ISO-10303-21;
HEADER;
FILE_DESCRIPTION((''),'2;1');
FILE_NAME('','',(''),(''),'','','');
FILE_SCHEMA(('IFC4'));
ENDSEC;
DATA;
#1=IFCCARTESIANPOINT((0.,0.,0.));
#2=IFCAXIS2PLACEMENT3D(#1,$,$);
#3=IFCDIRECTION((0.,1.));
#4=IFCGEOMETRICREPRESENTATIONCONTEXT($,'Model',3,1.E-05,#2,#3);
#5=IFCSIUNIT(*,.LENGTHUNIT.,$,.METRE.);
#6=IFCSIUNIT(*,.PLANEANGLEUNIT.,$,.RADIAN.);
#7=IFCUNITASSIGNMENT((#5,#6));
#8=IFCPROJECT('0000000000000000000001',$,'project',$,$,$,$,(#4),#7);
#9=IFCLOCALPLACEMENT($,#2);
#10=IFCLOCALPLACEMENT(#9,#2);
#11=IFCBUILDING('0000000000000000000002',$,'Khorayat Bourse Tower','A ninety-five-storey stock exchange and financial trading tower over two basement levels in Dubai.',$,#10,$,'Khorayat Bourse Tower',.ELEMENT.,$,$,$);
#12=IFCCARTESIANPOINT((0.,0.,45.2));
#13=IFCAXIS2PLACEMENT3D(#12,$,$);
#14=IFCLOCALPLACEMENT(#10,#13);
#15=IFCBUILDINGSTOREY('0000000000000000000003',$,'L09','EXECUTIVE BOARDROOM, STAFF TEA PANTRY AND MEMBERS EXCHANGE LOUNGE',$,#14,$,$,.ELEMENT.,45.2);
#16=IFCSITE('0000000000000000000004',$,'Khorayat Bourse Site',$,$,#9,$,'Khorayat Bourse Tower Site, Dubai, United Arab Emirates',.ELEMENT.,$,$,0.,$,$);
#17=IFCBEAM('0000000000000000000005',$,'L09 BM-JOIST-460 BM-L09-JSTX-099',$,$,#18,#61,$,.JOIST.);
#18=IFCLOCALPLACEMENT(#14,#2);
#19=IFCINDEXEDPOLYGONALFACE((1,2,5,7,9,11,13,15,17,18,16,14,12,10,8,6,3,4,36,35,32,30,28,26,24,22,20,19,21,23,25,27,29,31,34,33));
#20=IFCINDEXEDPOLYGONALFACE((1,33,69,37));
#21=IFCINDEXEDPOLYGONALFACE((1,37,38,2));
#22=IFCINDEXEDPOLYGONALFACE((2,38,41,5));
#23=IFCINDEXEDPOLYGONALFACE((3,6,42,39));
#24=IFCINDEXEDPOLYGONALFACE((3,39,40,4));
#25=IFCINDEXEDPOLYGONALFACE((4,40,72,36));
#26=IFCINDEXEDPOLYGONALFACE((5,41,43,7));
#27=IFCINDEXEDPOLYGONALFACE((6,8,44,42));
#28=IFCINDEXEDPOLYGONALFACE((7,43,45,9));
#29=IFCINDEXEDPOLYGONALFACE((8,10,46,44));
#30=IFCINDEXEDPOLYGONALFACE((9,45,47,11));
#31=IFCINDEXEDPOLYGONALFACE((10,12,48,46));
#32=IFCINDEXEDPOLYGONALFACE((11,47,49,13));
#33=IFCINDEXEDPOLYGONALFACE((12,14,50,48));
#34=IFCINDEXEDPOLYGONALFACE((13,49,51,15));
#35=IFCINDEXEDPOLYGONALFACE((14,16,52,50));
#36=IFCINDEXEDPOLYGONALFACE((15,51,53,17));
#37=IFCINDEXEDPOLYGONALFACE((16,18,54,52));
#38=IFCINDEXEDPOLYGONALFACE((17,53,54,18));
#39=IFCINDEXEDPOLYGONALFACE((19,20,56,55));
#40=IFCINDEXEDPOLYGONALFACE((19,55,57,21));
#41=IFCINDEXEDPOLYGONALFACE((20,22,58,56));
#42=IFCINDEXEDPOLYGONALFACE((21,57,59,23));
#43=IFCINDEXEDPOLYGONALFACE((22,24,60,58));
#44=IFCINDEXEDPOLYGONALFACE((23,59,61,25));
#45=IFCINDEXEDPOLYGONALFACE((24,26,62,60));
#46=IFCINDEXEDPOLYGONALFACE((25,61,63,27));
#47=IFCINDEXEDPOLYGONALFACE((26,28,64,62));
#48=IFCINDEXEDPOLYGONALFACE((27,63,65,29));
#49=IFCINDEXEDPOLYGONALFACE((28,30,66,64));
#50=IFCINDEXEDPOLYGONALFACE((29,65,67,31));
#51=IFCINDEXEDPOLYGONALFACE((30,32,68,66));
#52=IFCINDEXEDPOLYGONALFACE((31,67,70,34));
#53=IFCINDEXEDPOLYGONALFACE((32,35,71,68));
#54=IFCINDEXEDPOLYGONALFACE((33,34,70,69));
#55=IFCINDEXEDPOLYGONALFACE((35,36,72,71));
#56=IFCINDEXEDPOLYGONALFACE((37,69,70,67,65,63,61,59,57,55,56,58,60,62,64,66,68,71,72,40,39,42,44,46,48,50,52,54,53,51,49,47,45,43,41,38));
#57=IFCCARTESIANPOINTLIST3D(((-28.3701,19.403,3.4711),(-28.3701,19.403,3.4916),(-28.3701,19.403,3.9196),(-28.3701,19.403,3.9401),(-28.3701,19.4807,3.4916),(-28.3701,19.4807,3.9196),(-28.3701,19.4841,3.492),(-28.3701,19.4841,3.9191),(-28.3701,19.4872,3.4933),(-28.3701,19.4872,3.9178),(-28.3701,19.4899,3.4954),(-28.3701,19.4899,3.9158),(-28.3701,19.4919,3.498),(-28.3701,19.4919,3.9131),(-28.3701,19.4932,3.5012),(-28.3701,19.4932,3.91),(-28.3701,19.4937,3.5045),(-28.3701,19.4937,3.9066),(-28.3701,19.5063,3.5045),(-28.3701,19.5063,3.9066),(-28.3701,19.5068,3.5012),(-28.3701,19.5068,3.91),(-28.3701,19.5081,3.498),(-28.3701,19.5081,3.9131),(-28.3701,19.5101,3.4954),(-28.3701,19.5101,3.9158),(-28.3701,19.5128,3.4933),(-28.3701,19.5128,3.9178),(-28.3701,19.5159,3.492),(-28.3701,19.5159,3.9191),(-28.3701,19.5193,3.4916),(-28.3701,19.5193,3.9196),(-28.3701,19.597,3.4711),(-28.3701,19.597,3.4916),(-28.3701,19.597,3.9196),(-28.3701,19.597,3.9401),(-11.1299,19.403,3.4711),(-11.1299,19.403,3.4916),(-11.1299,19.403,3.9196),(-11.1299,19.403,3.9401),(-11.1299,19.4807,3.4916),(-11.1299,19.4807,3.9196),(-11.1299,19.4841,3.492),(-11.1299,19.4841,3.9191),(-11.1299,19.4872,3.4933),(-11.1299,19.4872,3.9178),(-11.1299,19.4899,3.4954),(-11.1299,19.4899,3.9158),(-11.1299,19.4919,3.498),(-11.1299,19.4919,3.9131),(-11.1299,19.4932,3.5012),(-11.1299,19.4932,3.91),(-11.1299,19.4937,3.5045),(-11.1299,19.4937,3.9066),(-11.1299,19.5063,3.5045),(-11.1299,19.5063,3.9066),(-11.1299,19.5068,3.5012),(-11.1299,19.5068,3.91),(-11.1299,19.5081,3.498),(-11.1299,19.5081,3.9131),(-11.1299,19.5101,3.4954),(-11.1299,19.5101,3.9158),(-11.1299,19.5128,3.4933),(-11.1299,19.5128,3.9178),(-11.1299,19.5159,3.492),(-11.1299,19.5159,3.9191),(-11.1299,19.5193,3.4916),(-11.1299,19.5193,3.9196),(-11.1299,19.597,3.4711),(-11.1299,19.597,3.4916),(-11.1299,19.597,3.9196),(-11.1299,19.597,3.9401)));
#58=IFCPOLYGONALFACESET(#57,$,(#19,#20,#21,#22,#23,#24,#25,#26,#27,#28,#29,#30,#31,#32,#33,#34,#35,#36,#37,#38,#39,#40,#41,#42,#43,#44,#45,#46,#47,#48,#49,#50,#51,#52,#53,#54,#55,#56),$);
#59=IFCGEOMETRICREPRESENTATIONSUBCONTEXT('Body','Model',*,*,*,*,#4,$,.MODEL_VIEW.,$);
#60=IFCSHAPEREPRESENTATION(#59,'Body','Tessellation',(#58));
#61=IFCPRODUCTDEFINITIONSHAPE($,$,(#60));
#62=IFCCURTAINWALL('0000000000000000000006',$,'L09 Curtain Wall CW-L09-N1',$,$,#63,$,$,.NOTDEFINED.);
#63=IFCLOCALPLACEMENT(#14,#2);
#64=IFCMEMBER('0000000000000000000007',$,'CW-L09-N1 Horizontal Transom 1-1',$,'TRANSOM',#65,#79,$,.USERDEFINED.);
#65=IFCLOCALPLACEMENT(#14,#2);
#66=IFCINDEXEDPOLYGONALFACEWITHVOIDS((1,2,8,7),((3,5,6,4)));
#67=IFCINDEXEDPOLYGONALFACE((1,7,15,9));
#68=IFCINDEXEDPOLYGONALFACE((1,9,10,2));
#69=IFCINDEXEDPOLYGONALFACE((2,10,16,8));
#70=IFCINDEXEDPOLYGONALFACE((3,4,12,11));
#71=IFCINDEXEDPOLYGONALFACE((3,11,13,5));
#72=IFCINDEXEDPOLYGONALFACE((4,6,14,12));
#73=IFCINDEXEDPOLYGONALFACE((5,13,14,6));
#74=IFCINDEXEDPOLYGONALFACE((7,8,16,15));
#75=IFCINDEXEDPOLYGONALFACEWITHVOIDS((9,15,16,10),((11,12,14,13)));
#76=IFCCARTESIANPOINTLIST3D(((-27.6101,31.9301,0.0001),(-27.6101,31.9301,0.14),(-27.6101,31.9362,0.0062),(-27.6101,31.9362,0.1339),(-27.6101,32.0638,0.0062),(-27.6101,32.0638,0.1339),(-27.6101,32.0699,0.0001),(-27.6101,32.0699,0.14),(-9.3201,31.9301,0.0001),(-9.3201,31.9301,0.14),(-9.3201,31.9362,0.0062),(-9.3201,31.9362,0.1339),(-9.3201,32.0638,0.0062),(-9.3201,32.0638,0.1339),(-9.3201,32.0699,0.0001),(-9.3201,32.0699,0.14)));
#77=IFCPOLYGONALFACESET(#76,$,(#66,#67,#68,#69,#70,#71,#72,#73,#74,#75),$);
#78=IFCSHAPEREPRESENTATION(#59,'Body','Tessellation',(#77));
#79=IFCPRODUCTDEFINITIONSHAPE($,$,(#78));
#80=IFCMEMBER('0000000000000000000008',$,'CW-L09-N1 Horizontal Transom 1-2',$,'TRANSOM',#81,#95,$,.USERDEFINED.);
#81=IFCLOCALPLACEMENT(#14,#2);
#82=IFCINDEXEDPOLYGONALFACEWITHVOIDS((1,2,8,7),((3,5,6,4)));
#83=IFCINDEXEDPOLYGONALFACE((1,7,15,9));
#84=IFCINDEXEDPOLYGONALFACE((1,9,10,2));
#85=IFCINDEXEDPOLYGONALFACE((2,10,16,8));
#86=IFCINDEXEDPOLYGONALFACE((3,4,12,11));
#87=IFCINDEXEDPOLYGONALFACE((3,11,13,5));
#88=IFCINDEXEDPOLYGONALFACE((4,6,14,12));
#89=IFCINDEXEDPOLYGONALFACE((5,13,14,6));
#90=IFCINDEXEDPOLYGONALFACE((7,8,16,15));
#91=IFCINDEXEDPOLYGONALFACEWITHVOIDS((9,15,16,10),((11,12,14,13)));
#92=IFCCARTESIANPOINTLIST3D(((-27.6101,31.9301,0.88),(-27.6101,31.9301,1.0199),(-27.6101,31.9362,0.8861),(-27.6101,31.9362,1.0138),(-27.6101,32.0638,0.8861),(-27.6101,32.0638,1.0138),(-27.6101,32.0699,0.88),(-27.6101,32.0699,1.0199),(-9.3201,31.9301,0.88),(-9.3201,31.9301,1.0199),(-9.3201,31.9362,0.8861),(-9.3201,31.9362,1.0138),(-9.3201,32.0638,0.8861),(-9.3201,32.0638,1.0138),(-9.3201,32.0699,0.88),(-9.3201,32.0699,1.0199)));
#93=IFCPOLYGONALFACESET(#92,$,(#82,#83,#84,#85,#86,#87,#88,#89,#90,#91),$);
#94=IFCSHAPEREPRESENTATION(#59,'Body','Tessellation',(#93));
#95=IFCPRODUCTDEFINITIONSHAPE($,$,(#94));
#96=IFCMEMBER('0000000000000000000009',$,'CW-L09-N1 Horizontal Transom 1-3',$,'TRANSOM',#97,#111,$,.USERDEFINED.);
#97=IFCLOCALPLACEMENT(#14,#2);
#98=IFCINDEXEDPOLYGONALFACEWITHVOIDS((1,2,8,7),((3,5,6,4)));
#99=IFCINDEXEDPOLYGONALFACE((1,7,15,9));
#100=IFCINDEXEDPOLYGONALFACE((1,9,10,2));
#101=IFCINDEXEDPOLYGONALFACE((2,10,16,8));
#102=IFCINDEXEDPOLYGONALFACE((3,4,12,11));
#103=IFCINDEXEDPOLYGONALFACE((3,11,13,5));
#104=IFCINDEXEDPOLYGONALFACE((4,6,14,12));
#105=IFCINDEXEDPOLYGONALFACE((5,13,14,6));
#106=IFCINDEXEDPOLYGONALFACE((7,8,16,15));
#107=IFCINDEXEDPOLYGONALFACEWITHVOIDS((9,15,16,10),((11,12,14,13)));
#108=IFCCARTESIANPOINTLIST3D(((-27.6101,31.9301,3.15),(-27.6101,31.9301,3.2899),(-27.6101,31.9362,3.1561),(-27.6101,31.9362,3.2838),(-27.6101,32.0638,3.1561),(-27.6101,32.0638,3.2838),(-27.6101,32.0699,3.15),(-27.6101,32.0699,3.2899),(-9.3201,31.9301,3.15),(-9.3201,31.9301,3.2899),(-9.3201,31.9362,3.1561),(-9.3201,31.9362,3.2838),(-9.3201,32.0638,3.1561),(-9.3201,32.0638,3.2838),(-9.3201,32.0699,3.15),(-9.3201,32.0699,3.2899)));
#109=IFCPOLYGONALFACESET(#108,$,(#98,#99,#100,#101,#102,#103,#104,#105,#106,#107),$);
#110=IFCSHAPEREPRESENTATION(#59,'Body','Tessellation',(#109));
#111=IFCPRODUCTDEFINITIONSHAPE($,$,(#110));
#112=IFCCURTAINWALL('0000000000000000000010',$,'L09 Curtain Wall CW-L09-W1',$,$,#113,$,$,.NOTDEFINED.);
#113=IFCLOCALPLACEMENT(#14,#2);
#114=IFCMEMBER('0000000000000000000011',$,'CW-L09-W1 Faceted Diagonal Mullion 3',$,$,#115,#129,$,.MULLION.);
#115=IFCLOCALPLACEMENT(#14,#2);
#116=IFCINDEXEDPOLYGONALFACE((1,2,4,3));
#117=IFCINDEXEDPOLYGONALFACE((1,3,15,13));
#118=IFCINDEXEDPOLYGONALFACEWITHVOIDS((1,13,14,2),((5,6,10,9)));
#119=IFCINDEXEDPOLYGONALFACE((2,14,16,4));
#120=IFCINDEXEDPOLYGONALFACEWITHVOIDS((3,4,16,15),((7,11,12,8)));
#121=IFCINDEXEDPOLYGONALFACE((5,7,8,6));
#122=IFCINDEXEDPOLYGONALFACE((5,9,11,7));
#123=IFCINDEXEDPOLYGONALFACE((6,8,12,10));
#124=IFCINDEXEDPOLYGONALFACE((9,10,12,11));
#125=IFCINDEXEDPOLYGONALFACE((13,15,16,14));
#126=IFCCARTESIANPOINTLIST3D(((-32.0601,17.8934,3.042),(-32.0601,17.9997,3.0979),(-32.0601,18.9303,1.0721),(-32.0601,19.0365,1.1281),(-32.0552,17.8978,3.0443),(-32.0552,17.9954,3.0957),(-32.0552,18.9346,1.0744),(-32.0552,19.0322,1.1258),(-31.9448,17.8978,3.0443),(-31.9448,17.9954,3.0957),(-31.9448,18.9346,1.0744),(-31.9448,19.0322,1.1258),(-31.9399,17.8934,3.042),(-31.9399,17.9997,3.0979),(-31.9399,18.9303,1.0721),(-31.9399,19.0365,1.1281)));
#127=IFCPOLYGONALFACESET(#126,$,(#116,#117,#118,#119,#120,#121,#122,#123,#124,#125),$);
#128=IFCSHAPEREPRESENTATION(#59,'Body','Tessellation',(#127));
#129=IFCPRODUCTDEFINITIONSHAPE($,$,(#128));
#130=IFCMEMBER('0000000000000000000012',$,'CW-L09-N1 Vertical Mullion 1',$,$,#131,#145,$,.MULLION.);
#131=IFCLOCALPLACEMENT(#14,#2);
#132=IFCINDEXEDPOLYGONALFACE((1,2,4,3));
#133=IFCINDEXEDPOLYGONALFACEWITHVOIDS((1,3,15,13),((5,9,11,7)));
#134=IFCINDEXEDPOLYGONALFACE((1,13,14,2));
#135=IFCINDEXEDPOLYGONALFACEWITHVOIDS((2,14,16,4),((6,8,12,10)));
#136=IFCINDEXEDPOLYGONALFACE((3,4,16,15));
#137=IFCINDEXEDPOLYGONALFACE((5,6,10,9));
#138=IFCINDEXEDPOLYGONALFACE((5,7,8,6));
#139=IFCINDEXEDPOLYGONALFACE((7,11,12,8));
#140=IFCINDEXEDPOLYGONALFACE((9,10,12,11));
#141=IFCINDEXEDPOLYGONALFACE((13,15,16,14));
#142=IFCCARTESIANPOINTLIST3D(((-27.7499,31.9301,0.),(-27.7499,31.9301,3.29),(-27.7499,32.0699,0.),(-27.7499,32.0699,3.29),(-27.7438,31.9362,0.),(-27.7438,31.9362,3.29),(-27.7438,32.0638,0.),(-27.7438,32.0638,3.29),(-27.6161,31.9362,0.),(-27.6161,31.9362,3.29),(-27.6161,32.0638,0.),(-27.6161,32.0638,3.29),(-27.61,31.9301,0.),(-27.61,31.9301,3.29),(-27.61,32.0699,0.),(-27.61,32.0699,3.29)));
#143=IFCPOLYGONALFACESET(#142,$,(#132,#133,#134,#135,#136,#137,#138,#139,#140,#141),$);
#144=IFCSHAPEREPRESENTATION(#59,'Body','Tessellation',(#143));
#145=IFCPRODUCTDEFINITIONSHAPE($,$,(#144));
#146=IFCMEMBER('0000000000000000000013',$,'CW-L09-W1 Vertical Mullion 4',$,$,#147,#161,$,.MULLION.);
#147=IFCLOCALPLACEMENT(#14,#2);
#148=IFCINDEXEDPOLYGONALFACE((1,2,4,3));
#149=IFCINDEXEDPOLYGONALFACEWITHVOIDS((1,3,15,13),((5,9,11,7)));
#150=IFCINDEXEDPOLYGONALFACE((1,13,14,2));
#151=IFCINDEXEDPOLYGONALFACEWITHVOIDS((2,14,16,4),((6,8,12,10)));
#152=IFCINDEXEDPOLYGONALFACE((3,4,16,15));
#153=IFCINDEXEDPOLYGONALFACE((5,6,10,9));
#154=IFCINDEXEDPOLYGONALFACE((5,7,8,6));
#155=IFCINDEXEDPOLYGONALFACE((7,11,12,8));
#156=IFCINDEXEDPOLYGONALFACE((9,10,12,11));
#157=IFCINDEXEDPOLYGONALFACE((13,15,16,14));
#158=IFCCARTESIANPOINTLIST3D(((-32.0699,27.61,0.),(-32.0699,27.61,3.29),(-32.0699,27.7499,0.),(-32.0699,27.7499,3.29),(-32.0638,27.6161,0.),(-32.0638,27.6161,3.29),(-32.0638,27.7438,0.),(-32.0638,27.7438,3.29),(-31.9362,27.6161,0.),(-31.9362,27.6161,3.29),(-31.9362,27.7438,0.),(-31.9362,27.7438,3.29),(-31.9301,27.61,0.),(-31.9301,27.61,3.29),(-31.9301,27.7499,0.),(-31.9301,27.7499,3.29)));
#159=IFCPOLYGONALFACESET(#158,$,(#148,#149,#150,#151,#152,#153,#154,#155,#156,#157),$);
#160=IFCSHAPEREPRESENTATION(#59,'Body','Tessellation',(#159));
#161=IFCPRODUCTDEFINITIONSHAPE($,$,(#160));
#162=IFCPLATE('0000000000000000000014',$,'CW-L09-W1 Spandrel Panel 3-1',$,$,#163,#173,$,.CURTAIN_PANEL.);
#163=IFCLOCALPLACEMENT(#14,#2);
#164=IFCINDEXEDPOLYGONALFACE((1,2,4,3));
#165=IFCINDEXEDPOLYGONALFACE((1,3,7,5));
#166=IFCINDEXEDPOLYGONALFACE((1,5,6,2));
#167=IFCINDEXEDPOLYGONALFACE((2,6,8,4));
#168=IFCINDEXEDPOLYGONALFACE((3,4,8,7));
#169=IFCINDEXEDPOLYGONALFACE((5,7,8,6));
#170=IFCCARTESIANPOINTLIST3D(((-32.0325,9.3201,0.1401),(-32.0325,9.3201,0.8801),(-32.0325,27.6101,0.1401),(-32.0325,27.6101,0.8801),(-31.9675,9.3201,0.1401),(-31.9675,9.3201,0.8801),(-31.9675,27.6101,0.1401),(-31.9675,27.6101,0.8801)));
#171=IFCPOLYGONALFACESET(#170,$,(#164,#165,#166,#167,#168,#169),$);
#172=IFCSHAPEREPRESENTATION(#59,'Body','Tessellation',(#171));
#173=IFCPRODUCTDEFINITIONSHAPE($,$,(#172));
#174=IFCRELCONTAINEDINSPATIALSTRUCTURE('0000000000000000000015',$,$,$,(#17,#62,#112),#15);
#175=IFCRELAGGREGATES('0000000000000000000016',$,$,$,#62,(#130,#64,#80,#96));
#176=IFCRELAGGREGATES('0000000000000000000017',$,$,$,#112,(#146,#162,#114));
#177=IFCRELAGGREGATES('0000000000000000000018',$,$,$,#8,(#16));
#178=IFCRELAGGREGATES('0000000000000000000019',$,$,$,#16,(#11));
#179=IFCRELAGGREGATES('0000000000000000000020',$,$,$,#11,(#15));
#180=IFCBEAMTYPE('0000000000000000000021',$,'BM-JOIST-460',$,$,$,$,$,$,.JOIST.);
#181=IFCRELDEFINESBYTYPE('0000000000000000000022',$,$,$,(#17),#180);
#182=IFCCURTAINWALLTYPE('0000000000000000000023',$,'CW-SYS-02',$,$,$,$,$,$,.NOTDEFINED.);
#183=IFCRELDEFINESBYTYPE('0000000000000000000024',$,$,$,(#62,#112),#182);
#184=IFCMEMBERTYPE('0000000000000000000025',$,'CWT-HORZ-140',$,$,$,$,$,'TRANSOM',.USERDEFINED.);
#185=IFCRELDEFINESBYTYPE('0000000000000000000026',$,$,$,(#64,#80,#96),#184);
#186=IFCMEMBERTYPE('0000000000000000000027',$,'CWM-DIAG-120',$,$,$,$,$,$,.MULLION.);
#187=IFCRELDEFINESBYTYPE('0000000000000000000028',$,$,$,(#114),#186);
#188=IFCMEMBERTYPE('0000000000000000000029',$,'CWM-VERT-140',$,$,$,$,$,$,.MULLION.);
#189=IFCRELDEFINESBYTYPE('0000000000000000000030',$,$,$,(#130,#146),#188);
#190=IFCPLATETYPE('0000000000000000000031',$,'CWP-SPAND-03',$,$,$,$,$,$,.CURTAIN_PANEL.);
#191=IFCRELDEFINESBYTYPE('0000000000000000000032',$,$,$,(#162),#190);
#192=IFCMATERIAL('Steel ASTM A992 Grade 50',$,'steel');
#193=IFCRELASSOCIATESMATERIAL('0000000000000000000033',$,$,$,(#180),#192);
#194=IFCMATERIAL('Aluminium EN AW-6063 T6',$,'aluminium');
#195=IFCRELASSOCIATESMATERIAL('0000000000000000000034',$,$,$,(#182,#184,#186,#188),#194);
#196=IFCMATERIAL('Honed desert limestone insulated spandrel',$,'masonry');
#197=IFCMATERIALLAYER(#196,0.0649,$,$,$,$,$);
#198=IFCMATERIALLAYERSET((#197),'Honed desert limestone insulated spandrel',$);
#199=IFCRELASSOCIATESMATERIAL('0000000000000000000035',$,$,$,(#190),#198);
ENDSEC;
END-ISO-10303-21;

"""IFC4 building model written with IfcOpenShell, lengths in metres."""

from ifc_helpers import new_model, si_unit, direction, frame, origin, origin_2d, place, context, subcontext, project, spatial, rectangle, hollow_rectangle, i_section, extrude, source, transform, mapped, material, layer, layer_set, material_profile, profile_set, type_object, element, aggregate, save


model = new_model("IFC4")

# Units and contexts
model_context = context("Model", 3, precision=1e-05, world=origin(), true_north=direction((0.0, 1.0)))
body_context = subcontext(model_context, "Body", "Model", "MODEL_VIEW")
ifc_project = project(units=[si_unit("LENGTHUNIT", "METRE"), si_unit("PLANEANGLEUNIT", "RADIAN")], contexts=[model_context])

# Site, building, storey
site_placement = place(None, origin())
site = spatial("IfcSite", under=ifc_project, at=site_placement, Name="Khorayat Bourse Site", LongName="Khorayat Bourse Tower Site, Dubai, United Arab Emirates", CompositionType="ELEMENT", RefElevation=0.0)
building_placement = place(site_placement, origin())
building = spatial("IfcBuilding", under=site, at=building_placement, Name="Khorayat Bourse Tower", Description="A ninety-five-storey stock exchange and financial trading tower over two basement levels in Dubai.", LongName="Khorayat Bourse Tower", CompositionType="ELEMENT")
storey_placement = place(building_placement, frame((0.0, 0.0, 45.2)))
storey = spatial("IfcBuildingStorey", under=building, at=storey_placement, Name="L09", Description="EXECUTIVE BOARDROOM, STAFF TEA PANTRY AND MEMBERS EXCHANGE LOUNGE", CompositionType="ELEMENT", Elevation=45.2)

# Beam
ifc_material_1 = material(Name="Steel ASTM A992 Grade 50", Category="steel")
ifc_material_profile_1 = material_profile(ifc_material_1, i_section(OverallWidth=0.1941, OverallDepth=0.469, WebThickness=0.0127, FlangeThickness=0.0205, FilletRadius=0.0129, at=origin_2d()), Name="W460X106")
ifc_profile_set_1 = profile_set([ifc_material_profile_1], Name="Steel ASTM A992 Grade 50")
beam_type_1 = type_object("IfcBeamType", Name="BM-JOIST-460", PredefinedType="JOIST", material=ifc_profile_set_1)
shared_shape_1 = source(origin(), body_context, "Body", "SweptSolid", [
    extrude(i_section(OverallWidth=0.1941, OverallDepth=0.469, WebThickness=0.0127, FlangeThickness=0.0205, FilletRadius=0.0129, at=origin_2d()), origin(), (0.0, 0.0, 1.0), 17.2402),
])
beam_1_placement = place(storey_placement, frame((-28.3701, 19.5, 3.7056), z_axis=(1.0, 0.0, 0.0), x_axis=(0.0, 1.0, 0.0)))
element("IfcBeam", 1, at=beam_1_placement, inside=storey, type_object=beam_type_1, Name="L09 BM-JOIST-460 BM-L09-JSTX-099", PredefinedType="JOIST", context=body_context, shape_type="MappedRepresentation", body=[
    mapped(shared_shape_1, transform((0.0, 0.0, 0.0), scale=1.0)),
])

# Curtain wall, members
ifc_material_2 = material(Name="Aluminium EN AW-6063 T6", Category="aluminium")
curtain_wall_type = type_object("IfcCurtainWallType", Name="CW-SYS-02", PredefinedType="NOTDEFINED", material=ifc_material_2)
curtain_wall_1_placement = place(storey_placement, origin())
curtain_wall_1 = element("IfcCurtainWall", 2, at=curtain_wall_1_placement, inside=storey, type_object=curtain_wall_type, Name="L09 Curtain Wall CW-L09-N1", PredefinedType="NOTDEFINED")
ifc_material_profile_2 = material_profile(ifc_material_2, hollow_rectangle(XDim=0.1399, YDim=0.1399, WallThickness=0.0061, at=origin_2d()), Name="ALU 140x140x6")
ifc_profile_set_2 = profile_set([ifc_material_profile_2], Name="Aluminium EN AW-6063 T6")
member_type_1 = type_object("IfcMemberType", Name="CWT-HORZ-140", ElementType="TRANSOM", PredefinedType="USERDEFINED", material=ifc_profile_set_2)
shared_shape_2 = source(origin(), body_context, "Body", "SweptSolid", [
    extrude(hollow_rectangle(XDim=0.1399, YDim=0.1399, WallThickness=0.0061, at=origin_2d()), origin(), (0.0, 0.0, 1.0), 18.29),
])
member_1_placement = place(storey_placement, frame((-27.6101, 32.0, 0.0701), z_axis=(1.0, 0.0, 0.0), x_axis=(0.0, 1.0, 0.0)))
member_1 = element("IfcMember", 3, at=member_1_placement, type_object=member_type_1, Name="CW-L09-N1 Horizontal Transom 1-1", ObjectType="TRANSOM", PredefinedType="USERDEFINED", context=body_context, shape_type="MappedRepresentation", body=[
    mapped(shared_shape_2, transform((0.0, 0.0, 0.0), scale=1.0)),
])
member_2_placement = place(storey_placement, frame((-27.6101, 32.0, 0.95), z_axis=(1.0, 0.0, 0.0), x_axis=(0.0, 1.0, 0.0)))
member_2 = element("IfcMember", 4, at=member_2_placement, type_object=member_type_1, Name="CW-L09-N1 Horizontal Transom 1-2", ObjectType="TRANSOM", PredefinedType="USERDEFINED", context=body_context, shape_type="MappedRepresentation", body=[
    mapped(shared_shape_2, transform((0.0, 0.0, 0.0), scale=1.0)),
])
member_3_placement = place(storey_placement, frame((-27.6101, 32.0, 3.22), z_axis=(1.0, 0.0, 0.0), x_axis=(0.0, 1.0, 0.0)))
member_3 = element("IfcMember", 5, at=member_3_placement, type_object=member_type_1, Name="CW-L09-N1 Horizontal Transom 1-3", ObjectType="TRANSOM", PredefinedType="USERDEFINED", context=body_context, shape_type="MappedRepresentation", body=[
    mapped(shared_shape_2, transform((0.0, 0.0, 0.0), scale=1.0)),
])

# Curtain wall, member
curtain_wall_2_placement = place(storey_placement, origin())
curtain_wall_2 = element("IfcCurtainWall", 6, at=curtain_wall_2_placement, inside=storey, type_object=curtain_wall_type, Name="L09 Curtain Wall CW-L09-W1", PredefinedType="NOTDEFINED")
ifc_material_profile_3 = material_profile(ifc_material_2, hollow_rectangle(XDim=0.1201, YDim=0.1201, WallThickness=0.0049, at=origin_2d()), Name="ALU 120x120x5")
ifc_profile_set_3 = profile_set([ifc_material_profile_3], Name="Aluminium EN AW-6063 T6")
member_type_2 = type_object("IfcMemberType", Name="CWM-DIAG-120", PredefinedType="MULLION", material=ifc_profile_set_3)
shared_shape_3 = source(origin(), body_context, "Body", "SweptSolid", [
    extrude(hollow_rectangle(XDim=0.1201, YDim=0.1201, WallThickness=0.0049, at=origin_2d()), origin(), (0.0, 0.0, 1.0), 2.2261),
])
member_4_placement = place(storey_placement, frame((-32.0, 18.9834, 1.1001), z_axis=(0.0, -0.46576, 0.884911), x_axis=(1.0, 0.0, 0.0)))
member_4 = element("IfcMember", 7, at=member_4_placement, type_object=member_type_2, Name="CW-L09-W1 Faceted Diagonal Mullion 3", PredefinedType="MULLION", context=body_context, shape_type="MappedRepresentation", body=[
    mapped(shared_shape_3, transform((0.0, 0.0, 0.0), scale=1.0)),
])

# Members
ifc_material_profile_4 = material_profile(ifc_material_2, hollow_rectangle(XDim=0.1399, YDim=0.1399, WallThickness=0.0061, at=origin_2d()), Name="ALU 140x140x6")
ifc_profile_set_4 = profile_set([ifc_material_profile_4], Name="Aluminium EN AW-6063 T6")
member_type_3 = type_object("IfcMemberType", Name="CWM-VERT-140", PredefinedType="MULLION", material=ifc_profile_set_4)
shared_shape_4 = source(origin(), body_context, "Body", "SweptSolid", [
    extrude(hollow_rectangle(XDim=0.1399, YDim=0.1399, WallThickness=0.0061, at=origin_2d()), origin(), (0.0, 0.0, 1.0), 3.29),
])
member_5_placement = place(storey_placement, frame((-27.6799, 32.0, 0.0), z_axis=(0.0, 0.0, 1.0), x_axis=(0.0, 1.0, 0.0)))
member_5 = element("IfcMember", 8, at=member_5_placement, type_object=member_type_3, Name="CW-L09-N1 Vertical Mullion 1", PredefinedType="MULLION", context=body_context, shape_type="MappedRepresentation", body=[
    mapped(shared_shape_4, transform((0.0, 0.0, 0.0), scale=1.0)),
])
aggregate(curtain_wall_1, [member_5, member_1, member_2, member_3])
member_6_placement = place(storey_placement, frame((-32.0, 27.6799, 0.0), z_axis=(0.0, 0.0, 1.0), x_axis=(-1.0, 0.0, 0.0)))
member_6 = element("IfcMember", 9, at=member_6_placement, type_object=member_type_3, Name="CW-L09-W1 Vertical Mullion 4", PredefinedType="MULLION", context=body_context, shape_type="MappedRepresentation", body=[
    mapped(shared_shape_4, transform((0.0, 0.0, 0.0), scale=1.0)),
])

# Plate
ifc_material_3 = material(Name="Honed desert limestone insulated spandrel", Category="masonry")
ifc_layer_1 = layer(ifc_material_3, 0.0649)
ifc_layer_set_1 = layer_set([ifc_layer_1], Name="Honed desert limestone insulated spandrel")
plate_type_1 = type_object("IfcPlateType", Name="CWP-SPAND-03", PredefinedType="CURTAIN_PANEL", material=ifc_layer_set_1)
shared_shape_5 = source(origin(), body_context, "Body", "SweptSolid", [
    extrude(rectangle(XDim=18.29, YDim=0.0649, at=origin_2d()), origin(), (0.0, 0.0, 1.0), 0.74),
])
plate_1_placement = place(storey_placement, frame((-32.0, 18.4651, 0.1401), z_axis=(0.0, 0.0, 1.0), x_axis=(0.0, 1.0, 0.0)))
plate_1 = element("IfcPlate", 10, at=plate_1_placement, type_object=plate_type_1, Name="CW-L09-W1 Spandrel Panel 3-1", PredefinedType="CURTAIN_PANEL", context=body_context, shape_type="MappedRepresentation", body=[
    mapped(shared_shape_5, transform((0.0, 0.0, 0.0), scale=1.0)),
])
aggregate(curtain_wall_2, [member_6, plate_1, member_4])

save(model, "model.ifc")
